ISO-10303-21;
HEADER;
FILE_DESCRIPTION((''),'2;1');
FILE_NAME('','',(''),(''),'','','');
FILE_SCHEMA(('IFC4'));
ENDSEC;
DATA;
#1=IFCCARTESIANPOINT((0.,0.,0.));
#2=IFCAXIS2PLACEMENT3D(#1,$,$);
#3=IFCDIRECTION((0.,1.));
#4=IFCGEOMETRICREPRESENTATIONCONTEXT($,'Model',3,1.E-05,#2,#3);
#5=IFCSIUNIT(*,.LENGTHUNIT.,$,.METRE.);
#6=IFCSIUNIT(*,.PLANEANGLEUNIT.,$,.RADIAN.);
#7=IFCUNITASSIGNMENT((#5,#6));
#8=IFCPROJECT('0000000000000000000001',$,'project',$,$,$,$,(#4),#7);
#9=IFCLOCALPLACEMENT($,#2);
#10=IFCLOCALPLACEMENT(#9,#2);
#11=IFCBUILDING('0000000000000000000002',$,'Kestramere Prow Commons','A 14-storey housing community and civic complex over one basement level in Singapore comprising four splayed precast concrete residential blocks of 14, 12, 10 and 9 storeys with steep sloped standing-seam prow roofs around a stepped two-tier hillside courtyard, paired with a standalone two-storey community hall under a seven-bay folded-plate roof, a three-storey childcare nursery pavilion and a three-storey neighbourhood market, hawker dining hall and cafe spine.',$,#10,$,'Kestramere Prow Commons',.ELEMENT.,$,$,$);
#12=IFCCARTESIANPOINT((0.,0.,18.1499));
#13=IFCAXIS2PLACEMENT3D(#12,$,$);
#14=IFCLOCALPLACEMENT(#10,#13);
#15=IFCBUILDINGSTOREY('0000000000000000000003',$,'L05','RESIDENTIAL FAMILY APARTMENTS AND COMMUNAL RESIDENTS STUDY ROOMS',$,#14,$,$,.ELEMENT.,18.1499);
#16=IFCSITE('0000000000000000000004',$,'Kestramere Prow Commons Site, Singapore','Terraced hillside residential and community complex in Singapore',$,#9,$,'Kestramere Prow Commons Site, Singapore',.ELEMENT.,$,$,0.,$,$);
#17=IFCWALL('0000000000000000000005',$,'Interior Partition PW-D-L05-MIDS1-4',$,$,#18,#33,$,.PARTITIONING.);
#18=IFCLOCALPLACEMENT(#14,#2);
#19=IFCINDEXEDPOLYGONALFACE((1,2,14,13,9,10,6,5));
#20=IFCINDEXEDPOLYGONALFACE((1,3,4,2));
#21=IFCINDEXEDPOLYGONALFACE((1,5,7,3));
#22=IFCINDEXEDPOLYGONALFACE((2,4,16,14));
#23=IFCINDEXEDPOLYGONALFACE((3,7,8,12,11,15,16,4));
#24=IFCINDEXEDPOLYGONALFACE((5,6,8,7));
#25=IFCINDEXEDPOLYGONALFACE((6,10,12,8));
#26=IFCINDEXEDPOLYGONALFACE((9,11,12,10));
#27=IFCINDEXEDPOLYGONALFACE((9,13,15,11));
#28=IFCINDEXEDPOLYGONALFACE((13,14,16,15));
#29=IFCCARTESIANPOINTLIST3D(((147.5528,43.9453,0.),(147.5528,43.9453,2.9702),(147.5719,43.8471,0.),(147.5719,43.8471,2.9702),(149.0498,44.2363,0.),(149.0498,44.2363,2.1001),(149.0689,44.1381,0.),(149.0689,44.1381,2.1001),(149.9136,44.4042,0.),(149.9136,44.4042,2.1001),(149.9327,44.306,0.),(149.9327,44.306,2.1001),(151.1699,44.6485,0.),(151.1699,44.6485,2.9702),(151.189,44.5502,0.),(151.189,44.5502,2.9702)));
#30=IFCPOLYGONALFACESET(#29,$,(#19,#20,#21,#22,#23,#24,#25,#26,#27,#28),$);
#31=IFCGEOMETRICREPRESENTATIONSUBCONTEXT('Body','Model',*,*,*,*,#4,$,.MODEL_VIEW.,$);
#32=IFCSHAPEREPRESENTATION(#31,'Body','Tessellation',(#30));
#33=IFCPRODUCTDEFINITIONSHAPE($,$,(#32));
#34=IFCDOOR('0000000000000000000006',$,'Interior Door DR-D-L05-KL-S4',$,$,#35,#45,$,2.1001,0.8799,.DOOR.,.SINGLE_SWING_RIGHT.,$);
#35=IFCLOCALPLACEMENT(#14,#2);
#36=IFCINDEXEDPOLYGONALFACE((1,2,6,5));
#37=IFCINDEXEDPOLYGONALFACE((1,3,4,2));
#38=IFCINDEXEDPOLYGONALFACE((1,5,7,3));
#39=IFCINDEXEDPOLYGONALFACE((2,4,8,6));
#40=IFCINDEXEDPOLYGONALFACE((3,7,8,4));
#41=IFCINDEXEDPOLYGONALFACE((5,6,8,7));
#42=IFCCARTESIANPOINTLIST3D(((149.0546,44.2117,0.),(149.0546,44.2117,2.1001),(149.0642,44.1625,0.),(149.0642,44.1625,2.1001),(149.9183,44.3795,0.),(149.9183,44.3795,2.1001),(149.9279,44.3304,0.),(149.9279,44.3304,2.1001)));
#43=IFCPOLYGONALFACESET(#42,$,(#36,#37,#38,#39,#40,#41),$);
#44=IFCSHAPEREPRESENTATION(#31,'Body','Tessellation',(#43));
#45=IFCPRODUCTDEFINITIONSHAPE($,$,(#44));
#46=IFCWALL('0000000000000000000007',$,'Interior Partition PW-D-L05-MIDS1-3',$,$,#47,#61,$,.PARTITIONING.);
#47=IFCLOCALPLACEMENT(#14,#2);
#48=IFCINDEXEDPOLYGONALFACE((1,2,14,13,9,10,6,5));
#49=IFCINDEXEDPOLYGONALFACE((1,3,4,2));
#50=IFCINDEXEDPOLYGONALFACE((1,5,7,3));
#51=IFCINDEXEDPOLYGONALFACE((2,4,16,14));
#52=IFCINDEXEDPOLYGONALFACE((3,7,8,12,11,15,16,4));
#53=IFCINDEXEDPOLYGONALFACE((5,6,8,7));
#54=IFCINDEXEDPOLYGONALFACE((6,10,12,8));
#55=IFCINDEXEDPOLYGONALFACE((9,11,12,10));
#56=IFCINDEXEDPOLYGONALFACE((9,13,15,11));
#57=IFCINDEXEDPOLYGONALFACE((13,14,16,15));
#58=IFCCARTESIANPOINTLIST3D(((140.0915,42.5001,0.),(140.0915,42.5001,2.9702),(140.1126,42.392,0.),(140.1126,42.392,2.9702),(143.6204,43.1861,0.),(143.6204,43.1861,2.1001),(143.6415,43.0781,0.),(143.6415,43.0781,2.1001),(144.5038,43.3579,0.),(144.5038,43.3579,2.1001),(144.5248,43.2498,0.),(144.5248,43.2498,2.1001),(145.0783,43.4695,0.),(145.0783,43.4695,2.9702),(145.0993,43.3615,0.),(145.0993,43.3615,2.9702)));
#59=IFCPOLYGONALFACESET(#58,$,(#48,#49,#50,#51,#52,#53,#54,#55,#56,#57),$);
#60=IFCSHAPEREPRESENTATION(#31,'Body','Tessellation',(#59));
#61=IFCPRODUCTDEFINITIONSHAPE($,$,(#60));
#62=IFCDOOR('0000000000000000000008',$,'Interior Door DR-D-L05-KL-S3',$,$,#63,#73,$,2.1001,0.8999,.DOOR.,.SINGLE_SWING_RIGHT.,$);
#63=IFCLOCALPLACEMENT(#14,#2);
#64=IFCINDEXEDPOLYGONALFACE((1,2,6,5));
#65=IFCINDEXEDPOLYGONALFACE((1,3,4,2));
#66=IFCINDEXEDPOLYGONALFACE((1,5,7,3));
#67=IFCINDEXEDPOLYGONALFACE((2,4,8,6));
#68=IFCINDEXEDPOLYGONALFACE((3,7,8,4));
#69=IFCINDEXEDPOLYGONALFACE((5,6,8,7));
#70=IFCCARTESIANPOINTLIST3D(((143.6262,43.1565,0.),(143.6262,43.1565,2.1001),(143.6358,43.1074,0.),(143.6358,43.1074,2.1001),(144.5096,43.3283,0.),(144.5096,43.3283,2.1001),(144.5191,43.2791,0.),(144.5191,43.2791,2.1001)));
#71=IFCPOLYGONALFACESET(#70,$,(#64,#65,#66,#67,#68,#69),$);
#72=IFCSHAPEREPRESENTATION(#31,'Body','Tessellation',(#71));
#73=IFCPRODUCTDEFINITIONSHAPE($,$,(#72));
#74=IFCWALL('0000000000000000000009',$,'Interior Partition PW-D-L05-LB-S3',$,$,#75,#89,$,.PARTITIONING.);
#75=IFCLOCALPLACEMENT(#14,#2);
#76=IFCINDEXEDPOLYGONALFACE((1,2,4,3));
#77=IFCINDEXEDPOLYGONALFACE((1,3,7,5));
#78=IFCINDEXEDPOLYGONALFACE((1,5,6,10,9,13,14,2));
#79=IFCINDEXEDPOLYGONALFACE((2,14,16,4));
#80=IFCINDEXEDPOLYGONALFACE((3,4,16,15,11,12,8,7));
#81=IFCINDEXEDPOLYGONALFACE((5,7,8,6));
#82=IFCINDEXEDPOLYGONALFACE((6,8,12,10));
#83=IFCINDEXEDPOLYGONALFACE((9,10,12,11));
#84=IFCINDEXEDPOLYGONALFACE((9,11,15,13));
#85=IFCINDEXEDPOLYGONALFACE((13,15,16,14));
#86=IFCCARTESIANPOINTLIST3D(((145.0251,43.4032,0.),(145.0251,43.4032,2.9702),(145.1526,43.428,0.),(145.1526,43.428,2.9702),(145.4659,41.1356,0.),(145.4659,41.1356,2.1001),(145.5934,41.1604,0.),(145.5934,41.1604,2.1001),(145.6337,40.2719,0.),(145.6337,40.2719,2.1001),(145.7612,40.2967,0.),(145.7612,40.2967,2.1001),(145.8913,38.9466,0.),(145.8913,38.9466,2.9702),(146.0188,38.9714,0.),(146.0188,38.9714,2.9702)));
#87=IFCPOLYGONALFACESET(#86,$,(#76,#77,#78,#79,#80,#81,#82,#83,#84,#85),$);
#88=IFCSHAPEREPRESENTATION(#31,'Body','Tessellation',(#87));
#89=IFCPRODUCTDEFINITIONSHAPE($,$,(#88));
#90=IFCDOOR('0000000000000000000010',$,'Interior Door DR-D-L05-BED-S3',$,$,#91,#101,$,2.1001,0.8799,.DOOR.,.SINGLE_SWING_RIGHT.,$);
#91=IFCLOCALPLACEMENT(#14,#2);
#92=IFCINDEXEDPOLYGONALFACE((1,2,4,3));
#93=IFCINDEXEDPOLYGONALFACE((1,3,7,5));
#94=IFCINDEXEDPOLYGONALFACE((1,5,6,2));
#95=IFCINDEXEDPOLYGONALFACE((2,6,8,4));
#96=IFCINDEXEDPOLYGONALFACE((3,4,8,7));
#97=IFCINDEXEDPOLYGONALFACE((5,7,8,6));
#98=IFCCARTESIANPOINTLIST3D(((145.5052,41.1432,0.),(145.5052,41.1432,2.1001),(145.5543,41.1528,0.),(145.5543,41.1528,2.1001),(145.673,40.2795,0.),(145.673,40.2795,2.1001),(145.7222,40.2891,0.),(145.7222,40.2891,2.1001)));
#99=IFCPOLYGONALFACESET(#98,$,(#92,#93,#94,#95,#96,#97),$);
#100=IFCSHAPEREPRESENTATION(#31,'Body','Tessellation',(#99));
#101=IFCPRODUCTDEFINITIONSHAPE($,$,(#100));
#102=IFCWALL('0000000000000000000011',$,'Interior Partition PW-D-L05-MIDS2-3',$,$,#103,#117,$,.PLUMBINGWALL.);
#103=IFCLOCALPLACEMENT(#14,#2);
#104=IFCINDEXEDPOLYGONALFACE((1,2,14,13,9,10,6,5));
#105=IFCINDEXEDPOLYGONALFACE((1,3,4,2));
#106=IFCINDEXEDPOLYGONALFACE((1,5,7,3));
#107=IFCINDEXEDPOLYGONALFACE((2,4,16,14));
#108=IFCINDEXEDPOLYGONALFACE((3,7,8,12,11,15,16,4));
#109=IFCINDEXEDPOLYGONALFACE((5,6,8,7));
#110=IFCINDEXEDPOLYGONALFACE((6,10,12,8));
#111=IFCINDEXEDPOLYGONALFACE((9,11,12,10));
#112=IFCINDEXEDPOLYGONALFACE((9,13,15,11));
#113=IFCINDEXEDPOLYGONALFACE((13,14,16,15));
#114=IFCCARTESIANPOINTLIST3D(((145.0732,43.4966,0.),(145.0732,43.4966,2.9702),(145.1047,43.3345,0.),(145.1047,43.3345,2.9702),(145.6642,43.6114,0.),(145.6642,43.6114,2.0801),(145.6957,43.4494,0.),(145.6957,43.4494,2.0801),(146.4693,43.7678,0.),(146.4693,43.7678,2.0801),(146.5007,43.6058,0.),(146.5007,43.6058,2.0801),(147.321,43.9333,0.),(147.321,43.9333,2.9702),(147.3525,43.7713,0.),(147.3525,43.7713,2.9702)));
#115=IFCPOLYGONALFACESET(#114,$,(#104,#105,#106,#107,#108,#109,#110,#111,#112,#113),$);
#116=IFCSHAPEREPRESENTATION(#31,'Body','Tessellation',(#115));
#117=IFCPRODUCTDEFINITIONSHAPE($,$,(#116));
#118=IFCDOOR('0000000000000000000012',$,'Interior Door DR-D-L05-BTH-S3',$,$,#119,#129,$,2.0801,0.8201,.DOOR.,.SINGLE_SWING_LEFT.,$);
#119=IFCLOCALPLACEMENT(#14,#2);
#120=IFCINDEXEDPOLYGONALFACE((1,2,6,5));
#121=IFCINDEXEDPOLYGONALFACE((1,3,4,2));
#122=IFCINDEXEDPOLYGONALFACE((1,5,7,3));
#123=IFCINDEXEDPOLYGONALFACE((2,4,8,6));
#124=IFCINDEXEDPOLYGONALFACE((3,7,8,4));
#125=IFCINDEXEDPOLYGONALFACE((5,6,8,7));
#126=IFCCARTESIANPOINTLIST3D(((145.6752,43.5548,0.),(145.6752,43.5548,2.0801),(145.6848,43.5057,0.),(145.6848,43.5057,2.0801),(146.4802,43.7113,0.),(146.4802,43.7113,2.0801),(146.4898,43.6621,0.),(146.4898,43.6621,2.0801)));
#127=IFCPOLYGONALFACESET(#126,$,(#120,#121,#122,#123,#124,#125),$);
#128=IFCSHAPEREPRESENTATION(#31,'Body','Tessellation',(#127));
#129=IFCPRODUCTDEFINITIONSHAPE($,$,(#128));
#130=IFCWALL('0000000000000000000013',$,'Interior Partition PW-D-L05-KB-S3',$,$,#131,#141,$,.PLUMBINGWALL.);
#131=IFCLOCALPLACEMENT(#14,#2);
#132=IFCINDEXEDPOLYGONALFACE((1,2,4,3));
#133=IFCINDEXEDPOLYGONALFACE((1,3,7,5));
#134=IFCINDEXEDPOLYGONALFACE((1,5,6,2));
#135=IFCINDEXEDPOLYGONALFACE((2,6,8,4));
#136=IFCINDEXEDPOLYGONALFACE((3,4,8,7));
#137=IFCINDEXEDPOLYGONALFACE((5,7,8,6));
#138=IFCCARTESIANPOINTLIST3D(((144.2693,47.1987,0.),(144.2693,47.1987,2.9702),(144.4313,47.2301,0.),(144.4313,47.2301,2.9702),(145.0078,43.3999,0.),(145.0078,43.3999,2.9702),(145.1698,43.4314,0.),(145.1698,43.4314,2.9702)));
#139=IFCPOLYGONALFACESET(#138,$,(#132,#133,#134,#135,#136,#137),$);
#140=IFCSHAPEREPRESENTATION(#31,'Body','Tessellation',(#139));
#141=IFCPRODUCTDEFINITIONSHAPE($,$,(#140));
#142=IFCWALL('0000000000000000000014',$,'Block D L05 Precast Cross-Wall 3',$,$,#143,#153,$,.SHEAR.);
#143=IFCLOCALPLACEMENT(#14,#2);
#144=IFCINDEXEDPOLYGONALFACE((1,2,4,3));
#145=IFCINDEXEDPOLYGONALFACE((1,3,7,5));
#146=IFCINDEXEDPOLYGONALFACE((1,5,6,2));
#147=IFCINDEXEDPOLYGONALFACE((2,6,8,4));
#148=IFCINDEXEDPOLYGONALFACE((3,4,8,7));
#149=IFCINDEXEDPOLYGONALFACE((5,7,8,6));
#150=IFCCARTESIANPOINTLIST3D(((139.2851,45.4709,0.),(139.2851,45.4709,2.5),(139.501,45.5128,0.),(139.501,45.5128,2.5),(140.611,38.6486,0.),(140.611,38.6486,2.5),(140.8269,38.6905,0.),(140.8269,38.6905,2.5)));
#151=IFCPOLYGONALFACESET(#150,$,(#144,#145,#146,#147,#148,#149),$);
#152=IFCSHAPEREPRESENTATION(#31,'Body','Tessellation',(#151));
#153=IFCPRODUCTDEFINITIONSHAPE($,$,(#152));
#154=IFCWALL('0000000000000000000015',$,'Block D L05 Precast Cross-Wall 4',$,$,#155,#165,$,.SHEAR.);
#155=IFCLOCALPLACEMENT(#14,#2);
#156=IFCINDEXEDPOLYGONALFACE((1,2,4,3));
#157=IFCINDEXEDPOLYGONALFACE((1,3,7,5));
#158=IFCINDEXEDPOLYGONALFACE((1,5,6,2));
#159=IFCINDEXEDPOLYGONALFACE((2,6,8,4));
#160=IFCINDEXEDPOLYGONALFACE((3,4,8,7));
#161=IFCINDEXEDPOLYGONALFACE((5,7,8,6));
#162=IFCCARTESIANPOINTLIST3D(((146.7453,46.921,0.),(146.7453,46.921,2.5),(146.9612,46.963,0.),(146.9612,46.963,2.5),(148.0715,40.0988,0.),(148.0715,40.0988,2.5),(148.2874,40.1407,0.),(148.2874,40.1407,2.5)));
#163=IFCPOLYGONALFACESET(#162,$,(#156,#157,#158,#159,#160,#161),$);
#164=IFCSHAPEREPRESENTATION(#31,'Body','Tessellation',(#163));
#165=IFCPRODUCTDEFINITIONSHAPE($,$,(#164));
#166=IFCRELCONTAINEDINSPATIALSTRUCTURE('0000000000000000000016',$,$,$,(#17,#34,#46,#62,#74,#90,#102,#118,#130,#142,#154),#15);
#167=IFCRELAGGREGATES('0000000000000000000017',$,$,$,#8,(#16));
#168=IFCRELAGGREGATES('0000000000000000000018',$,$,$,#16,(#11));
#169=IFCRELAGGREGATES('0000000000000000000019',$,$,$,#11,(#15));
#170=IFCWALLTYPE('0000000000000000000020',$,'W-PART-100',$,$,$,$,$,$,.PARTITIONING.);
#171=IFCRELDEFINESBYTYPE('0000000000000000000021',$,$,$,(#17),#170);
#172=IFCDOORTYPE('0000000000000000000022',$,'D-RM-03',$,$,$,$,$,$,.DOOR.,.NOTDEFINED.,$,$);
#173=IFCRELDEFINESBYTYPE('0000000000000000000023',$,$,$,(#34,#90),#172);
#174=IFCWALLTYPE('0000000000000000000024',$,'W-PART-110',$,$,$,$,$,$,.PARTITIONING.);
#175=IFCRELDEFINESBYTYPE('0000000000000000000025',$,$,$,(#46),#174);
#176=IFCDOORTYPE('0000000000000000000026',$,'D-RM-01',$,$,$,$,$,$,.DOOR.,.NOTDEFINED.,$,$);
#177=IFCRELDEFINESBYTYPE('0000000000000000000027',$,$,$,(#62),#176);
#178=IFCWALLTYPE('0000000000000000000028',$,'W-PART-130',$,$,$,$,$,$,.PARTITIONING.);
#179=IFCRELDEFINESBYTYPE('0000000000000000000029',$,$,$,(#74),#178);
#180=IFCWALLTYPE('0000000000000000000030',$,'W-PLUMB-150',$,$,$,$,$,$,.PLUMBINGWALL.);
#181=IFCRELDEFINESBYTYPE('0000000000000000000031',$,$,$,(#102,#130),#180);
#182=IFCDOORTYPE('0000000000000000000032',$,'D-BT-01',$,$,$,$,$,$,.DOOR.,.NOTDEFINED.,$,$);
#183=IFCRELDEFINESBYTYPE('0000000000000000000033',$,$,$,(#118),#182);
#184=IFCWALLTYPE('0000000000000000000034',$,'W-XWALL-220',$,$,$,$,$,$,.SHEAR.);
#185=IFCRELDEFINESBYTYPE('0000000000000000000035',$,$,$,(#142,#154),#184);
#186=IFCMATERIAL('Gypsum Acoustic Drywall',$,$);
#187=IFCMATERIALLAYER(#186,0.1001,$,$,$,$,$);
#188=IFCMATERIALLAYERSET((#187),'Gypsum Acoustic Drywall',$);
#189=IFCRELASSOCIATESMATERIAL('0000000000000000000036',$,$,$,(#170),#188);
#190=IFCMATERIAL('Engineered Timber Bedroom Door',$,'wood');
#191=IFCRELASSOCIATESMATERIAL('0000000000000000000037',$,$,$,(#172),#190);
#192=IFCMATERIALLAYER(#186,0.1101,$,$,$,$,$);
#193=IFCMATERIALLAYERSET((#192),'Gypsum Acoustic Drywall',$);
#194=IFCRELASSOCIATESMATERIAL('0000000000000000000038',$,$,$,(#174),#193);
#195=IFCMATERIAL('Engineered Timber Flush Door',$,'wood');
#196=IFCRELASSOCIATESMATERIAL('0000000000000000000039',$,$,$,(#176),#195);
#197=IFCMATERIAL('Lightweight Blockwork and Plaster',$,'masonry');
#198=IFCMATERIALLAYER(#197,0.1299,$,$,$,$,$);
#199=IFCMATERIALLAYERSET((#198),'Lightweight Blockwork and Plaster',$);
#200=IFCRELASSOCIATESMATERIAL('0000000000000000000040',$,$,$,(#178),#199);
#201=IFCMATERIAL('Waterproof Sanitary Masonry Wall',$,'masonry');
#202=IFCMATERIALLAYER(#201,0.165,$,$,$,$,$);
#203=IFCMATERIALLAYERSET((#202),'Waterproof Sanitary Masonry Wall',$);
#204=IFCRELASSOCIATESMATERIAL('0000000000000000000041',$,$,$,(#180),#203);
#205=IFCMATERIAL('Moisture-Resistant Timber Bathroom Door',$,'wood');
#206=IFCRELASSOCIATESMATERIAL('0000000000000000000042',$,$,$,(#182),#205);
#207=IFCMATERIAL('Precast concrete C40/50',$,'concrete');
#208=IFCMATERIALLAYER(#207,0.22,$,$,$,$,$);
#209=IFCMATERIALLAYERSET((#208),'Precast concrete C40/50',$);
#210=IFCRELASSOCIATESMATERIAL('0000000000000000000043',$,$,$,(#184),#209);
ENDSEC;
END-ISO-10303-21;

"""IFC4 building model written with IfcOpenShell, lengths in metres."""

from ifc_helpers import new_model, si_unit, direction, frame, frame_2d, origin, place, context, subcontext, project, spatial, rectangle, extrude, material, layer, layer_set, type_object, element, fill, save


model = new_model("IFC4")

# Units and contexts
model_context = context("Model", 3, precision=1e-05, world=origin(), true_north=direction((0.0, 1.0)))
body_context = subcontext(model_context, "Body", "Model", "MODEL_VIEW")
ifc_project = project(units=[si_unit("LENGTHUNIT", "METRE"), si_unit("PLANEANGLEUNIT", "RADIAN")], contexts=[model_context])

# Site, building, storey
site_placement = place(None, origin())
site = spatial("IfcSite", under=ifc_project, at=site_placement, Name="Kestramere Prow Commons Site, Singapore", Description="Terraced hillside residential and community complex in Singapore", LongName="Kestramere Prow Commons Site, Singapore", CompositionType="ELEMENT", RefElevation=0.0)
building_placement = place(site_placement, origin())
building = spatial("IfcBuilding", under=site, at=building_placement, Name="Kestramere Prow Commons", Description="A 14-storey housing community and civic complex over one basement level in Singapore comprising four splayed precast concrete residential blocks of 14, 12, 10 and 9 storeys with steep sloped standing-seam prow roofs around a stepped two-tier hillside courtyard, paired with a standalone two-storey community hall under a seven-bay folded-plate roof, a three-storey childcare nursery pavilion and a three-storey neighbourhood market, hawker dining hall and cafe spine.", LongName="Kestramere Prow Commons", CompositionType="ELEMENT")
storey_placement = place(building_placement, frame((0.0, 0.0, 18.1499)))
storey = spatial("IfcBuildingStorey", under=building, at=storey_placement, Name="L05", Description="RESIDENTIAL FAMILY APARTMENTS AND COMMUNAL RESIDENTS STUDY ROOMS", CompositionType="ELEMENT", Elevation=18.1499)

# Shared definitions
ifc_material_1 = material(Name="Precast concrete C40/50", Category="concrete")

# Walls, openings, doors
ifc_material_2 = material(Name="Gypsum Acoustic Drywall")
ifc_layer_1 = layer(ifc_material_2, 0.1001)
ifc_layer_set_1 = layer_set([ifc_layer_1], Name="Gypsum Acoustic Drywall")
wall_type_1 = type_object("IfcWallType", Name="W-PART-100", PredefinedType="PARTITIONING", material=ifc_layer_set_1)
wall_1_placement = place(storey_placement, frame((147.5625, 43.8962, 0.0), z_axis=(0.0, 0.0, 1.0), x_axis=(0.981626, 0.190813, 0.0)))
wall_1 = element("IfcWall", 1, at=wall_1_placement, inside=storey, type_object=wall_type_1, Name="Interior Partition PW-D-L05-MIDS1-4", PredefinedType="PARTITIONING", context=body_context, shape_type="SweptSolid", body=[
    extrude(rectangle(XDim=3.6848, YDim=0.1001, at=frame_2d((1.8423, 0.0))), origin(), (0.0, 0.0, 1.0), 2.9702),
])
opening_1_placement = place(wall_1_placement, frame((1.5249, 0.0, 0.0)))
opening_1 = element("IfcOpeningElement", 2, at=opening_1_placement, cuts=wall_1, PredefinedType="OPENING", context=body_context, shape_type="SweptSolid", body=[
    extrude(rectangle(XDim=0.8799, YDim=2.1001, at=frame_2d((0.4399, 1.05))), frame((0.0, 0.0649, 0.0), z_axis=(0.0, -1.0, 0.0), x_axis=(1.0, 0.0, 0.0)), (0.0, 0.0, 1.0), 0.1301),
])
ifc_material_3 = material(Name="Engineered Timber Bedroom Door", Category="wood")
door_type_1 = type_object("IfcDoorType", Name="D-RM-03", OperationType="NOTDEFINED", PredefinedType="DOOR", material=ifc_material_3)
door_1_placement = place(opening_1_placement, origin())
door_1 = element("IfcDoor", 3, at=door_1_placement, inside=storey, type_object=door_type_1, Name="Interior Door DR-D-L05-KL-S4", OperationType="SINGLE_SWING_RIGHT", OverallHeight=2.1001, OverallWidth=0.8799, PredefinedType="DOOR", context=body_context, shape_type="SweptSolid", body=[
    extrude(rectangle(XDim=0.8799, YDim=2.1001, at=frame_2d((0.4399, 1.05))), frame((0.0, 0.0249, 0.0), z_axis=(0.0, -1.0, 0.0), x_axis=(1.0, 0.0, 0.0)), (0.0, 0.0, 1.0), 0.05),
])
fill(opening_1, door_1)
ifc_layer_2 = layer(ifc_material_2, 0.1101)
ifc_layer_set_2 = layer_set([ifc_layer_2], Name="Gypsum Acoustic Drywall")
wall_type_2 = type_object("IfcWallType", Name="W-PART-110", PredefinedType="PARTITIONING", material=ifc_layer_set_2)
wall_2_placement = place(storey_placement, frame((140.1021, 42.446, 0.0), z_axis=(0.0, 0.0, 1.0), x_axis=(0.981622, 0.190836, 0.0)))
wall_2 = element("IfcWall", 4, at=wall_2_placement, inside=storey, type_object=wall_type_2, Name="Interior Partition PW-D-L05-MIDS1-3", PredefinedType="PARTITIONING", context=body_context, shape_type="SweptSolid", body=[
    extrude(rectangle(XDim=5.0801, YDim=0.1101, at=frame_2d((2.54, 0.0))), origin(), (0.0, 0.0, 1.0), 2.9702),
])
opening_2_placement = place(wall_2_placement, frame((3.595, 0.0, 0.0)))
opening_2 = element("IfcOpeningElement", 5, at=opening_2_placement, cuts=wall_2, PredefinedType="OPENING", context=body_context, shape_type="SweptSolid", body=[
    extrude(rectangle(XDim=0.8999, YDim=2.1001, at=frame_2d((0.45, 1.05))), frame((0.0, 0.0701, 0.0), z_axis=(0.0, -1.0, 0.0), x_axis=(1.0, 0.0, 0.0)), (0.0, 0.0, 1.0), 0.1401),
])
ifc_material_4 = material(Name="Engineered Timber Flush Door", Category="wood")
door_type_2 = type_object("IfcDoorType", Name="D-RM-01", OperationType="NOTDEFINED", PredefinedType="DOOR", material=ifc_material_4)
door_2_placement = place(opening_2_placement, origin())
door_2 = element("IfcDoor", 6, at=door_2_placement, inside=storey, type_object=door_type_2, Name="Interior Door DR-D-L05-KL-S3", OperationType="SINGLE_SWING_RIGHT", OverallHeight=2.1001, OverallWidth=0.8999, PredefinedType="DOOR", context=body_context, shape_type="SweptSolid", body=[
    extrude(rectangle(XDim=0.8999, YDim=2.1001, at=frame_2d((0.45, 1.05))), frame((0.0, 0.0249, 0.0), z_axis=(0.0, -1.0, 0.0), x_axis=(1.0, 0.0, 0.0)), (0.0, 0.0, 1.0), 0.05),
])
fill(opening_2, door_2)
ifc_material_5 = material(Name="Lightweight Blockwork and Plaster", Category="masonry")
ifc_layer_3 = layer(ifc_material_5, 0.1299)
ifc_layer_set_3 = layer_set([ifc_layer_3], Name="Lightweight Blockwork and Plaster")
wall_type_3 = type_object("IfcWallType", Name="W-PART-130", PredefinedType="PARTITIONING", material=ifc_layer_set_3)
wall_3_placement = place(storey_placement, frame((145.9551, 38.959, 0.0), z_axis=(0.0, 0.0, 1.0), x_axis=(-0.190798, 0.981629, 0.0)))
wall_3 = element("IfcWall", 7, at=wall_3_placement, inside=storey, type_object=wall_type_3, Name="Interior Partition PW-D-L05-LB-S3", PredefinedType="PARTITIONING", context=body_context, shape_type="SweptSolid", body=[
    extrude(rectangle(XDim=4.54, YDim=0.1299, at=frame_2d((2.27, 0.0))), origin(), (0.0, 0.0, 1.0), 2.9702),
])
opening_3_placement = place(wall_3_placement, frame((1.3501, 0.0, 0.0)))
opening_3 = element("IfcOpeningElement", 8, at=opening_3_placement, cuts=wall_3, PredefinedType="OPENING", context=body_context, shape_type="SweptSolid", body=[
    extrude(rectangle(XDim=0.8799, YDim=2.1001, at=frame_2d((0.4399, 1.05))), frame((0.0, 0.0798, 0.0), z_axis=(0.0, -1.0, 0.0), x_axis=(1.0, 0.0, 0.0)), (0.0, 0.0, 1.0), 0.1599),
])
door_3_placement = place(opening_3_placement, origin())
door_3 = element("IfcDoor", 9, at=door_3_placement, inside=storey, type_object=door_type_1, Name="Interior Door DR-D-L05-BED-S3", OperationType="SINGLE_SWING_RIGHT", OverallHeight=2.1001, OverallWidth=0.8799, PredefinedType="DOOR", context=body_context, shape_type="SweptSolid", body=[
    extrude(rectangle(XDim=0.8799, YDim=2.1001, at=frame_2d((0.4399, 1.05))), frame((0.0, 0.0249, 0.0), z_axis=(0.0, -1.0, 0.0), x_axis=(1.0, 0.0, 0.0)), (0.0, 0.0, 1.0), 0.05),
])
fill(opening_3, door_3)
ifc_material_6 = material(Name="Waterproof Sanitary Masonry Wall", Category="masonry")
ifc_layer_4 = layer(ifc_material_6, 0.165)
ifc_layer_set_4 = layer_set([ifc_layer_4], Name="Waterproof Sanitary Masonry Wall")
wall_type_4 = type_object("IfcWallType", Name="W-PLUMB-150", PredefinedType="PLUMBINGWALL", material=ifc_layer_set_4)
wall_4_placement = place(storey_placement, frame((145.0889, 43.4155, 0.0), z_axis=(0.0, 0.0, 1.0), x_axis=(0.98164, 0.190741, 0.0)))
wall_4 = element("IfcWall", 10, at=wall_4_placement, inside=storey, type_object=wall_type_4, Name="Interior Partition PW-D-L05-MIDS2-3", PredefinedType="PLUMBINGWALL", context=body_context, shape_type="SweptSolid", body=[
    extrude(rectangle(XDim=2.2898, YDim=0.165, at=frame_2d((1.145, 0.0))), origin(), (0.0, 0.0, 1.0), 2.9702),
])
opening_4_placement = place(wall_4_placement, frame((0.6021, 0.0, 0.0)))
opening_4 = element("IfcOpeningElement", 11, at=opening_4_placement, cuts=wall_4, PredefinedType="OPENING", context=body_context, shape_type="SweptSolid", body=[
    extrude(rectangle(XDim=0.8201, YDim=2.0801, at=frame_2d((0.4102, 1.04))), frame((0.0, 0.0974, 0.0), z_axis=(0.0, -1.0, 0.0), x_axis=(1.0, 0.0, 0.0)), (0.0, 0.0, 1.0), 0.1951),
])
ifc_material_7 = material(Name="Moisture-Resistant Timber Bathroom Door", Category="wood")
door_type_3 = type_object("IfcDoorType", Name="D-BT-01", OperationType="NOTDEFINED", PredefinedType="DOOR", material=ifc_material_7)
door_4_placement = place(opening_4_placement, origin())
door_4 = element("IfcDoor", 12, at=door_4_placement, inside=storey, type_object=door_type_3, Name="Interior Door DR-D-L05-BTH-S3", OperationType="SINGLE_SWING_LEFT", OverallHeight=2.0801, OverallWidth=0.8201, PredefinedType="DOOR", context=body_context, shape_type="SweptSolid", body=[
    extrude(rectangle(XDim=0.8201, YDim=2.0801, at=frame_2d((0.4102, 1.04))), frame((0.0, 0.0249, 0.0), z_axis=(0.0, -1.0, 0.0), x_axis=(1.0, 0.0, 0.0)), (0.0, 0.0, 1.0), 0.05),
])
fill(opening_4, door_4)

# Walls
wall_5_placement = place(storey_placement, frame((145.0889, 43.4155, 0.0), z_axis=(0.0, 0.0, 1.0), x_axis=(-0.190836, 0.981622, 0.0)))
element("IfcWall", 13, at=wall_5_placement, inside=storey, type_object=wall_type_4, Name="Interior Partition PW-D-L05-KB-S3", PredefinedType="PLUMBINGWALL", context=body_context, shape_type="SweptSolid", body=[
    extrude(rectangle(XDim=3.8699, YDim=0.165, at=frame_2d((1.9351, 0.0))), origin(), (0.0, 0.0, 1.0), 2.9702),
])
ifc_layer_5 = layer(ifc_material_1, 0.22)
ifc_layer_set_5 = layer_set([ifc_layer_5], Name="Precast concrete C40/50")
wall_type_5 = type_object("IfcWallType", Name="W-XWALL-220", PredefinedType="SHEAR", material=ifc_layer_set_5)
for number, where, z_axis, x_axis, name in (
    (14, (140.719, 38.6694, 0.0), (0.0, 0.0, 1.0), (-0.190783, 0.981632, 0.0), "Block D L05 Precast Cross-Wall 3"),
    (15, (148.1794, 40.1196, 0.0), (0.0, 0.0, 1.0), (-0.190817, 0.981626, 0.0), "Block D L05 Precast Cross-Wall 4"),
):
    element("IfcWall", number, at=place(storey_placement, frame(where, z_axis=z_axis, x_axis=x_axis)), inside=storey, type_object=wall_type_5, Name=name, PredefinedType="SHEAR", context=body_context, shape_type="SweptSolid", body=[
        extrude(rectangle(XDim=6.95, YDim=0.22, at=frame_2d((3.4751, 0.0))), origin(), (0.0, 0.0, 1.0), 2.5),
    ])

save(model, "model.ifc")
